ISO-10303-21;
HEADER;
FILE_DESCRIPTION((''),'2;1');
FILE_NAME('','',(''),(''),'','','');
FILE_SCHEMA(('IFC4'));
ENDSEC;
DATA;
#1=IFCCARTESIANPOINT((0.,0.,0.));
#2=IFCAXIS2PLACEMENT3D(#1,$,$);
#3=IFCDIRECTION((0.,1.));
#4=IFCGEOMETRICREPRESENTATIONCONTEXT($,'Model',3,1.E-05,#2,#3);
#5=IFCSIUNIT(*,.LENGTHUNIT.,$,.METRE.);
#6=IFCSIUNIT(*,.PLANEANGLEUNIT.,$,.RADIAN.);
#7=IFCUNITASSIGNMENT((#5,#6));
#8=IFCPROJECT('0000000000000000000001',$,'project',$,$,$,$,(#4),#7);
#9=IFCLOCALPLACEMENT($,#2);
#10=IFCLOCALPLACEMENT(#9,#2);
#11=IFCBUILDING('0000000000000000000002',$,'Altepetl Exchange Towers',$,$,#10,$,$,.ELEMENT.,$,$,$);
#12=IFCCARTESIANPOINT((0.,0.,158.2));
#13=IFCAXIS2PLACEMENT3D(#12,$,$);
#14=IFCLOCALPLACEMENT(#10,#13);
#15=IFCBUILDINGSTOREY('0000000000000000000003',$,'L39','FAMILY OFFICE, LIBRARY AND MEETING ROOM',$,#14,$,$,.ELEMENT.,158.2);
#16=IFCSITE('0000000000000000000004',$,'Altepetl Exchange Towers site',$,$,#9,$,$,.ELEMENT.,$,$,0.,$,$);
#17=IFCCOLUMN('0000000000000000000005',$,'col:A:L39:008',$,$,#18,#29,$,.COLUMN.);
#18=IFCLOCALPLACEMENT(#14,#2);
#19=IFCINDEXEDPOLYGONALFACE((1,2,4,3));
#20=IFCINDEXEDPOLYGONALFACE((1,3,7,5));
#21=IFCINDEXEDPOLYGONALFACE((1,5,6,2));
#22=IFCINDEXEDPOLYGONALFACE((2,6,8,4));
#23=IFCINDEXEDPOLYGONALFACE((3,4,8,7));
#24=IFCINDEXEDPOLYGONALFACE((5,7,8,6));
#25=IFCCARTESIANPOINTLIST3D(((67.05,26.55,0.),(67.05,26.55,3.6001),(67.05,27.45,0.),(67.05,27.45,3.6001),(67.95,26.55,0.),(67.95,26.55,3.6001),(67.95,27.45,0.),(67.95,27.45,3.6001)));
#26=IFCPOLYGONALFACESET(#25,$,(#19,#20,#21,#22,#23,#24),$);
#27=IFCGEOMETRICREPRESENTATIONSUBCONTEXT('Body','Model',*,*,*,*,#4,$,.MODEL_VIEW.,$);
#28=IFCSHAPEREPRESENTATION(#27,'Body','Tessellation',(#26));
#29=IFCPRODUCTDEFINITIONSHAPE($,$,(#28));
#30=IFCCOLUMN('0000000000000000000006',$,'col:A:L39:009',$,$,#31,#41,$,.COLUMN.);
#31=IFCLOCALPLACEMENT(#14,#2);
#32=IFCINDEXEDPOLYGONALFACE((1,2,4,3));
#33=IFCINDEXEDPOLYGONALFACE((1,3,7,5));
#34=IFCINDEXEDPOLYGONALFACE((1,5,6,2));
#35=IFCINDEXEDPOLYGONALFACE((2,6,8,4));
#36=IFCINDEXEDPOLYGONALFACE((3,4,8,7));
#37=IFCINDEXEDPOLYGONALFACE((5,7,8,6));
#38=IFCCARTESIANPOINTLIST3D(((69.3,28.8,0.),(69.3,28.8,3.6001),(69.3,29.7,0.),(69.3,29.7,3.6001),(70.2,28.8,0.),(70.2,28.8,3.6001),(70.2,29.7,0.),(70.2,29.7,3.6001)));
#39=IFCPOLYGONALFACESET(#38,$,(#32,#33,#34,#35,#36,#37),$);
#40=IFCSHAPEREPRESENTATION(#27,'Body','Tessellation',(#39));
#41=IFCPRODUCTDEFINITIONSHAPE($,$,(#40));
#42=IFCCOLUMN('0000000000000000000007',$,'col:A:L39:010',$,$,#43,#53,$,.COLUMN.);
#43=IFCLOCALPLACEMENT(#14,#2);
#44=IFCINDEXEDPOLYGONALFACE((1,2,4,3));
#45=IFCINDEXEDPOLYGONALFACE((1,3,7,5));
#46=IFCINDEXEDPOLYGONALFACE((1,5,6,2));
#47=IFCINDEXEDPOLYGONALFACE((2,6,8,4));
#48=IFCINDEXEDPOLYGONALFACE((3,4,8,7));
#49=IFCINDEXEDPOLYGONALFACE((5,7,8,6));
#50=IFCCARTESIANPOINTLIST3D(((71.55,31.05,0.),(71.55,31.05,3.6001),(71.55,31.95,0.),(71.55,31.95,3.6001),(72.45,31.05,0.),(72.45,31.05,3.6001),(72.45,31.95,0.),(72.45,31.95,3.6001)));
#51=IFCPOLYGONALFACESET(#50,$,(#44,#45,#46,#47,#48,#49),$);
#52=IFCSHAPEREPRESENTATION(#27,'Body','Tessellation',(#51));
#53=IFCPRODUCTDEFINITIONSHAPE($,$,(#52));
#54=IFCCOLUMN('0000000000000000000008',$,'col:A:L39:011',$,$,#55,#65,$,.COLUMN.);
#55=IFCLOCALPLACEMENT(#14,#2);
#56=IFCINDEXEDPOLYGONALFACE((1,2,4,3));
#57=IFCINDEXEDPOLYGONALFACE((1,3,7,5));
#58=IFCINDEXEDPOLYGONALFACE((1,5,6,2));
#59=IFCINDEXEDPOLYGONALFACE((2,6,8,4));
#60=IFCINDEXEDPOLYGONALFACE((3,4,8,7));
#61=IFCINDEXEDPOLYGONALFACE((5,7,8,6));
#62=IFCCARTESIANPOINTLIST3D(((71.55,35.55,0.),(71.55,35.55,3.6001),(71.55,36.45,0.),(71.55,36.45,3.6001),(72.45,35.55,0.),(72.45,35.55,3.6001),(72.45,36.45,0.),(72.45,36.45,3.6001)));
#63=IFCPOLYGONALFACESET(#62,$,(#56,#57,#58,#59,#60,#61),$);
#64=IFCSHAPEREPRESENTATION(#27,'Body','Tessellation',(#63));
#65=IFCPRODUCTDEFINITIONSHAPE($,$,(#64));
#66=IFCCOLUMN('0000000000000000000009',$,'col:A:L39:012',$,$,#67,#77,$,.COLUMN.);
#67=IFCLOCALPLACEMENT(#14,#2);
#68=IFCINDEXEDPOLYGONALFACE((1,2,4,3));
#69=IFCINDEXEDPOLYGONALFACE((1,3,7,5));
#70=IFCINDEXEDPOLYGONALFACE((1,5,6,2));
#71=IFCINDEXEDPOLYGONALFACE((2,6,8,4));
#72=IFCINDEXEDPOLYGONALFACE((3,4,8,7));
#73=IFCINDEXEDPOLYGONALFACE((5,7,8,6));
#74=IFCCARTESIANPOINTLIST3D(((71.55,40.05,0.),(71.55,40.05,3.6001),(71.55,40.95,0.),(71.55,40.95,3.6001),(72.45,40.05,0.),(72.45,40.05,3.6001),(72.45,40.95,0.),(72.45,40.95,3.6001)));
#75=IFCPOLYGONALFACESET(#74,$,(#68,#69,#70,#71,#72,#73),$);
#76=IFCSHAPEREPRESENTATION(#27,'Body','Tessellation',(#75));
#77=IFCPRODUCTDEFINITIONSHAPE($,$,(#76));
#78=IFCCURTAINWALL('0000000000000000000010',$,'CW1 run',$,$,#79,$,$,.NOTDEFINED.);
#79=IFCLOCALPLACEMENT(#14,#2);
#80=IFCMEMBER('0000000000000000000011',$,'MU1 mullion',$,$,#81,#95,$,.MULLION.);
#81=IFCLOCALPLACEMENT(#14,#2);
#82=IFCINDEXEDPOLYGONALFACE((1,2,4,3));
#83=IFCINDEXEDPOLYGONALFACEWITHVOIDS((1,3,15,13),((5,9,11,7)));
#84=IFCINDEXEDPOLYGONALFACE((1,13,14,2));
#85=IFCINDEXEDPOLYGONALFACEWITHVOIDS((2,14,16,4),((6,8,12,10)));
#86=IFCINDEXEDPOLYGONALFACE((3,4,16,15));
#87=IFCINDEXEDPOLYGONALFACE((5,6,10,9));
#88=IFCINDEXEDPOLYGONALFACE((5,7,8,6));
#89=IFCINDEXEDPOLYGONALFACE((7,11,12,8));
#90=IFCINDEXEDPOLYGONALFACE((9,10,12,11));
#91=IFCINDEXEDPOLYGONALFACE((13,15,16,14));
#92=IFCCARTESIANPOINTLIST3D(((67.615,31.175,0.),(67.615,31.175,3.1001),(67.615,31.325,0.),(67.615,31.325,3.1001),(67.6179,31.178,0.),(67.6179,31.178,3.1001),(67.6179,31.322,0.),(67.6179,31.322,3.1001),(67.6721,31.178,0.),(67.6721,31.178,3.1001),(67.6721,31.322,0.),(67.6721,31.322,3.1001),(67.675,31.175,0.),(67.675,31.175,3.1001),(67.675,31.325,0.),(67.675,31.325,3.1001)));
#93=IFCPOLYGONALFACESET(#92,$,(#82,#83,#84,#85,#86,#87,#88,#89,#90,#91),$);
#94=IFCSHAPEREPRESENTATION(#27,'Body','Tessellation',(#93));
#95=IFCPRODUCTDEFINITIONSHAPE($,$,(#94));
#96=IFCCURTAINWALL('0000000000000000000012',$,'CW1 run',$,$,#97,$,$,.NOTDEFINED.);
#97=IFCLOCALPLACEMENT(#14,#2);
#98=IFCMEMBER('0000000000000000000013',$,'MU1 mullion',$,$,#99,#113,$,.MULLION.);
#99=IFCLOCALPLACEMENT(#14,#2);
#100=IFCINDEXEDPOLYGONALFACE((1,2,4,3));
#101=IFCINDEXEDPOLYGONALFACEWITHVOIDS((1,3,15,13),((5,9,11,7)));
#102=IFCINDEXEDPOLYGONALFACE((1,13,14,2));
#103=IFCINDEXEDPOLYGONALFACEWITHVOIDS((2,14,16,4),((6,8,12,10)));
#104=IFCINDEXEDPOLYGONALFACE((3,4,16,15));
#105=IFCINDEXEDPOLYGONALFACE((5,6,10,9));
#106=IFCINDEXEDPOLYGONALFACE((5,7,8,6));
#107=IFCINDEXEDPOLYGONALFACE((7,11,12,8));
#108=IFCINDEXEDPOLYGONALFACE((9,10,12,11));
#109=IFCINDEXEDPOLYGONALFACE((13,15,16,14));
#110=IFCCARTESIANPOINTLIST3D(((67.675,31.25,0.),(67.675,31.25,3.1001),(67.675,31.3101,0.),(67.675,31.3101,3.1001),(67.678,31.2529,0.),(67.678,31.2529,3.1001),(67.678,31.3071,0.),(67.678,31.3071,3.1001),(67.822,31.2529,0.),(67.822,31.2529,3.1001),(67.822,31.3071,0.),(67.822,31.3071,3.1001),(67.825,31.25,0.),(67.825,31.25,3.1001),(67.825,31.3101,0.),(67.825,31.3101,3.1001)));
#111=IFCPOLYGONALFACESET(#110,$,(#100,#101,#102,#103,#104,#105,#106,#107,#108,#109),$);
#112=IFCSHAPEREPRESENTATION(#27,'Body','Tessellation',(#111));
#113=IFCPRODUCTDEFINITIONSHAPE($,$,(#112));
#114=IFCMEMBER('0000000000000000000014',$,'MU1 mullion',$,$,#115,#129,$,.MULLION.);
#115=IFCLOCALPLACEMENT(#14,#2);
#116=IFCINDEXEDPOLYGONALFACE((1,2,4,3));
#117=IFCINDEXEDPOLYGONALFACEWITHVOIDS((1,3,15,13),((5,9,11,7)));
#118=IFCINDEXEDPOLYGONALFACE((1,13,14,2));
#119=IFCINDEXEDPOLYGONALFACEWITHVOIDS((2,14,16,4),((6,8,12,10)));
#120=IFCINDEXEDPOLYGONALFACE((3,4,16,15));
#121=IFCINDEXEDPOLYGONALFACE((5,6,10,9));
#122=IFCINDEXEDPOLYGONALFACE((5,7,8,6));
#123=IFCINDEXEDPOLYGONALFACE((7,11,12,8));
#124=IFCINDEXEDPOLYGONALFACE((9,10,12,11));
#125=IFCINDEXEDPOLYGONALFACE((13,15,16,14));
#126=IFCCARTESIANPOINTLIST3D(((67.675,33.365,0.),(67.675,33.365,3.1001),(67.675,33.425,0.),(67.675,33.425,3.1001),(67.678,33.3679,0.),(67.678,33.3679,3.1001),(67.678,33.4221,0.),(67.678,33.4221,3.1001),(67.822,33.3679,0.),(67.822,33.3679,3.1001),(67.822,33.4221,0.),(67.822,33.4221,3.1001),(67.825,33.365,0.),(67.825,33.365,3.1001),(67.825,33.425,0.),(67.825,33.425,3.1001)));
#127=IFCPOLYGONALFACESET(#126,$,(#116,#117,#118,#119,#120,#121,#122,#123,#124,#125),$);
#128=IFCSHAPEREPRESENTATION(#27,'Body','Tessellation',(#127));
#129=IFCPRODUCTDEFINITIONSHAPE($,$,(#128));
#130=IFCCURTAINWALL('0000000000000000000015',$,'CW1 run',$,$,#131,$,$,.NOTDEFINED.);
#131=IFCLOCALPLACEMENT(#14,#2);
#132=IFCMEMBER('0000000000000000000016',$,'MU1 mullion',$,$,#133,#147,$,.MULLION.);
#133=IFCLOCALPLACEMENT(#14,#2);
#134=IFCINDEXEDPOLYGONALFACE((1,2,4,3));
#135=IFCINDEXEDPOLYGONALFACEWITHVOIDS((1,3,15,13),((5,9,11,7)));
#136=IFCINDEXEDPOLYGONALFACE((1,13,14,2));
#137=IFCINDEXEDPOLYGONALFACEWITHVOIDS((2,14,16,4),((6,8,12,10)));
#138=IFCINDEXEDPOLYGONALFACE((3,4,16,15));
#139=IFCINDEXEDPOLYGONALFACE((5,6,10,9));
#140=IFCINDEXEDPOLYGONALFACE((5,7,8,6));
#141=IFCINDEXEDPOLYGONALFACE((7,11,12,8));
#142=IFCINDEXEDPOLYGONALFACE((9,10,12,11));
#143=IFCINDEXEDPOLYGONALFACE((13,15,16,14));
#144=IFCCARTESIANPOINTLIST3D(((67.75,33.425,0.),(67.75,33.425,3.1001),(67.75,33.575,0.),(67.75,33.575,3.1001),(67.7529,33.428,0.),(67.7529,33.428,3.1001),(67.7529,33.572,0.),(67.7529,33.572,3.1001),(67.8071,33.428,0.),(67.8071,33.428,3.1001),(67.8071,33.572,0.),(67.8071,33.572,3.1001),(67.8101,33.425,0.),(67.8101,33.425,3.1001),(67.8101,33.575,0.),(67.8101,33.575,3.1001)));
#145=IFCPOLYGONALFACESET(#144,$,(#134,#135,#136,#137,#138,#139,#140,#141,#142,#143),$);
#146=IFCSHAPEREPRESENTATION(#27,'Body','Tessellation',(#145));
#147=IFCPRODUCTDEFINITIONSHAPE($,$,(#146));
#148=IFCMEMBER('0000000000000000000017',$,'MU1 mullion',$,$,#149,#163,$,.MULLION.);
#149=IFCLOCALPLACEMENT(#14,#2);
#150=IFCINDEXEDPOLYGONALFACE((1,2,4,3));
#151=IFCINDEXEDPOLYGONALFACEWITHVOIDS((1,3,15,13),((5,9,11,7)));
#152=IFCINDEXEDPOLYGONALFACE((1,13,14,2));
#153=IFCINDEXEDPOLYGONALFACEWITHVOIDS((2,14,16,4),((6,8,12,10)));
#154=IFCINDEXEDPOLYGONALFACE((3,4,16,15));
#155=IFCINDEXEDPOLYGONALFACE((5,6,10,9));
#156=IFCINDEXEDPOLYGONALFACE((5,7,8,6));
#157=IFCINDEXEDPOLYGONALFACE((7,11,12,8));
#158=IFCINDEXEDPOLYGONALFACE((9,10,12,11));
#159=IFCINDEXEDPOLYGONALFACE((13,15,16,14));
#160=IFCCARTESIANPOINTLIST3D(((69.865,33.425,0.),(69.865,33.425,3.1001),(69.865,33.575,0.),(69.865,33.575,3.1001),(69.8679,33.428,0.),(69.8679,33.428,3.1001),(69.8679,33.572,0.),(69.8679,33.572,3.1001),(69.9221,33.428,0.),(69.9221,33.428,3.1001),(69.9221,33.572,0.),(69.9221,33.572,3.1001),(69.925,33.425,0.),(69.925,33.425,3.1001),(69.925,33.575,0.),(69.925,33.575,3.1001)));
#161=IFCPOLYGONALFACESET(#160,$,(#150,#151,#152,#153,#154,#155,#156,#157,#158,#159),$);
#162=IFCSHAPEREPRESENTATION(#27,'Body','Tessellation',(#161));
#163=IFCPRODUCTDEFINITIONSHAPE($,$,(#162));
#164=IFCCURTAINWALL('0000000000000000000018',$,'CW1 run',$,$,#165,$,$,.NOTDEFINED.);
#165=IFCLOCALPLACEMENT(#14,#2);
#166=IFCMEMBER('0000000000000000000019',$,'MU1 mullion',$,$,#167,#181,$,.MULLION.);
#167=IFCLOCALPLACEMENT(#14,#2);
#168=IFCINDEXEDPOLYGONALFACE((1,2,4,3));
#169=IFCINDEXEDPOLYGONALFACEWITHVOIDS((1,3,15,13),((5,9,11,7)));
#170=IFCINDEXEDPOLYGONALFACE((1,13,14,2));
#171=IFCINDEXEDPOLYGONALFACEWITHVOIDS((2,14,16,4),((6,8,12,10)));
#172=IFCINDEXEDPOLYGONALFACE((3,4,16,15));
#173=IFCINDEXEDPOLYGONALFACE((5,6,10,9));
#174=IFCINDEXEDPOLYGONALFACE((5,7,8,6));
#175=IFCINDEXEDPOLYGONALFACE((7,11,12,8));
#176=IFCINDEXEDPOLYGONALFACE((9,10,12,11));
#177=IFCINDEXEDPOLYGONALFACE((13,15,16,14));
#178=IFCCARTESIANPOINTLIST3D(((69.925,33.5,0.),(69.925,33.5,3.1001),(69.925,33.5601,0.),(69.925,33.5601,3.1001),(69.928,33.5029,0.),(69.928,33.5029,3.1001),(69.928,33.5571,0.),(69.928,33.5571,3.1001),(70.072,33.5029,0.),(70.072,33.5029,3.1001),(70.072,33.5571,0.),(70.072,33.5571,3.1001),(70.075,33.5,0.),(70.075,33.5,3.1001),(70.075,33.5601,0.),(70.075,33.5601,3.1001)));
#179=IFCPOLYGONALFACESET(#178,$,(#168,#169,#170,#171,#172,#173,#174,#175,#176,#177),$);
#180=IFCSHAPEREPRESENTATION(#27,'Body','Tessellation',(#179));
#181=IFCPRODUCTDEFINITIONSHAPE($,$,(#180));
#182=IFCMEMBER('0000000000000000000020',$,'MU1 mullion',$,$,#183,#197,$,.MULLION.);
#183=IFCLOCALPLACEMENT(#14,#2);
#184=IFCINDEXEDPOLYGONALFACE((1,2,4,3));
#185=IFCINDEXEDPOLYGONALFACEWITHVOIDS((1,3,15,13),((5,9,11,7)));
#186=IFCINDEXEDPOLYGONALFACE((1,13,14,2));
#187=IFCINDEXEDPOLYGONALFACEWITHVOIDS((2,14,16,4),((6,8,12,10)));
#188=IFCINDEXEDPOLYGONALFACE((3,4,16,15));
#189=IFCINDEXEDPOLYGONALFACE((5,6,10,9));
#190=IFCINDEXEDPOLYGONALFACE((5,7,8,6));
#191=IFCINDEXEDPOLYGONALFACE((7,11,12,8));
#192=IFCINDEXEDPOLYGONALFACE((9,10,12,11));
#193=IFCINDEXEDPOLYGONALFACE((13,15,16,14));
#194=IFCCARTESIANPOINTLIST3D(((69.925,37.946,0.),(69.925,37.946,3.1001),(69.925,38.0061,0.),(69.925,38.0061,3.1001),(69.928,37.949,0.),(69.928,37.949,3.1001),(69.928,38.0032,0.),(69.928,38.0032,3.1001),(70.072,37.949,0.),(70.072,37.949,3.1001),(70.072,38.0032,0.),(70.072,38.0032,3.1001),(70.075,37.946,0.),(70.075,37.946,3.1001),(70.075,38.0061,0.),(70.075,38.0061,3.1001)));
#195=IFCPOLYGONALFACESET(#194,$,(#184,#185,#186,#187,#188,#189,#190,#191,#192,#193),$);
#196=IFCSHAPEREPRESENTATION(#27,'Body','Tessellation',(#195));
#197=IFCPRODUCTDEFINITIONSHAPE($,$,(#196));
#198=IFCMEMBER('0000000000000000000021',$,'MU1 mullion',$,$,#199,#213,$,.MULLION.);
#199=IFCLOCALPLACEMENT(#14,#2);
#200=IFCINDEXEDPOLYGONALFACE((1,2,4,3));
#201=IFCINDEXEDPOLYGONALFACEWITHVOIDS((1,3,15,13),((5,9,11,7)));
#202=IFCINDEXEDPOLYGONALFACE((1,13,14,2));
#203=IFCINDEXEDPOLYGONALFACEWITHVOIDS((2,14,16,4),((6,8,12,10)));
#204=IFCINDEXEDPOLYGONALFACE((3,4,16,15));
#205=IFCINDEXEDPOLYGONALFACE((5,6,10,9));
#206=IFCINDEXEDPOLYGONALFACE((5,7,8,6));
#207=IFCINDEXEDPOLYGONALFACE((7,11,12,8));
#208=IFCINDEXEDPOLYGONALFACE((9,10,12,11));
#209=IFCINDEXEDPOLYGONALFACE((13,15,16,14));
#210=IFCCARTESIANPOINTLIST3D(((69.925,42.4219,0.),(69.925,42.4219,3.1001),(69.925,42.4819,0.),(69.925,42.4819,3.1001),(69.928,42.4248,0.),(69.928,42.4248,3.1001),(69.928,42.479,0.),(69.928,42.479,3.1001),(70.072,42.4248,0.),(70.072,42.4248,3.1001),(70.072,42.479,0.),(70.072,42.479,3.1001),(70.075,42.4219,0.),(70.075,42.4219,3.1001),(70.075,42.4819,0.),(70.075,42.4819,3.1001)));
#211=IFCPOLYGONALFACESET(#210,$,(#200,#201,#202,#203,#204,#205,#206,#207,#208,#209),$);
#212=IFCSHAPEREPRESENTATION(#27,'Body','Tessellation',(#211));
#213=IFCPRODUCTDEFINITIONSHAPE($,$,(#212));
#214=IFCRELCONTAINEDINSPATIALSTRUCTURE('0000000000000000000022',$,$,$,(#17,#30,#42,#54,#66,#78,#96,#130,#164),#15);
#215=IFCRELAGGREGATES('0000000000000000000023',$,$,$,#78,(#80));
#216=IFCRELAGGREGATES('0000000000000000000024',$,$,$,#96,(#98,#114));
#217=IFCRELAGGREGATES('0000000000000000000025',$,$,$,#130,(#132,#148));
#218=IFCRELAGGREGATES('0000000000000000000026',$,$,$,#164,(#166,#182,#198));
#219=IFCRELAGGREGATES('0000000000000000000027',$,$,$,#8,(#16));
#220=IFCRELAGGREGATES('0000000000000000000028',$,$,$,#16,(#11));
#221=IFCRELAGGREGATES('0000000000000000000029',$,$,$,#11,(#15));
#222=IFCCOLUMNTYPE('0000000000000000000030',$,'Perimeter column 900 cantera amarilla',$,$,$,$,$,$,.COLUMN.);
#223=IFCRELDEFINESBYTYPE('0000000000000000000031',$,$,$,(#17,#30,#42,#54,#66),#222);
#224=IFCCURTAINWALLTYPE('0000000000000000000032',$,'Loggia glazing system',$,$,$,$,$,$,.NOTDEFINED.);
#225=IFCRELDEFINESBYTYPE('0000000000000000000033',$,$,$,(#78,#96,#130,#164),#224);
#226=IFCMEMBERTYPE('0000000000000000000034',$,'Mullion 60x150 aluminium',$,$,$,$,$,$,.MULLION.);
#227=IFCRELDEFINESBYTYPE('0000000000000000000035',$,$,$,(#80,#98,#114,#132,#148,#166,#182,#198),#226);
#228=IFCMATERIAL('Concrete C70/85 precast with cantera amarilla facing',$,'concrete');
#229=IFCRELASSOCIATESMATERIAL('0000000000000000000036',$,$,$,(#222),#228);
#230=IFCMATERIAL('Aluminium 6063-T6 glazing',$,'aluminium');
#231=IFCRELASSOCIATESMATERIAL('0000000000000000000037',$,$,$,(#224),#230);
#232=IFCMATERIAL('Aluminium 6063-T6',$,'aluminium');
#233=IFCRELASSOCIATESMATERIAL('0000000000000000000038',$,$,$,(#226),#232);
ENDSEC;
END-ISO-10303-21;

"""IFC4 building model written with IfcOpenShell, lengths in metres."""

from ifc_helpers import new_model, si_unit, direction, frame, origin, origin_2d, place, context, subcontext, project, spatial, rectangle, hollow_rectangle, extrude, material, material_profile, profile_set, type_object, element, aggregate, save


model = new_model("IFC4")

# Units and contexts
model_context = context("Model", 3, precision=1e-05, world=origin(), true_north=direction((0.0, 1.0)))
body_context = subcontext(model_context, "Body", "Model", "MODEL_VIEW")
ifc_project = project(units=[si_unit("LENGTHUNIT", "METRE"), si_unit("PLANEANGLEUNIT", "RADIAN")], contexts=[model_context])

# Site, building, storey
site_placement = place(None, origin())
site = spatial("IfcSite", under=ifc_project, at=site_placement, Name="Altepetl Exchange Towers site", CompositionType="ELEMENT", RefElevation=0.0)
building_placement = place(site_placement, origin())
building = spatial("IfcBuilding", under=site, at=building_placement, Name="Altepetl Exchange Towers", CompositionType="ELEMENT")
storey_placement = place(building_placement, frame((0.0, 0.0, 158.2)))
storey = spatial("IfcBuildingStorey", under=building, at=storey_placement, Name="L39", Description="FAMILY OFFICE, LIBRARY AND MEETING ROOM", CompositionType="ELEMENT", Elevation=158.2)

# Columns
ifc_material_1 = material(Name="Concrete C70/85 precast with cantera amarilla facing", Category="concrete")
ifc_material_profile_1 = material_profile(ifc_material_1, rectangle(XDim=0.8999, YDim=0.8999, at=origin_2d()), Name="900 x 900")
ifc_profile_set_1 = profile_set([ifc_material_profile_1], Name="Concrete C70/85 precast with cantera amarilla facing")
column_type = type_object("IfcColumnType", Name="Perimeter column 900 cantera amarilla", PredefinedType="COLUMN", material=ifc_profile_set_1)
for number, where, name in (
    (1, (67.5, 27.0, 0.0), "col:A:L39:008"),
    (2, (69.75, 29.25, 0.0), "col:A:L39:009"),
    (3, (72.0, 31.5, 0.0), "col:A:L39:010"),
    (4, (72.0, 36.0, 0.0), "col:A:L39:011"),
    (5, (72.0, 40.5, 0.0), "col:A:L39:012"),
):
    element("IfcColumn", number, at=place(storey_placement, frame(where)), inside=storey, type_object=column_type, Name=name, PredefinedType="COLUMN", context=body_context, shape_type="SweptSolid", body=[
        extrude(rectangle(XDim=0.8999, YDim=0.8999, at=origin_2d()), origin(), (0.0, 0.0, 1.0), 3.6001),
    ])

# Curtain wall, member
ifc_material_2 = material(Name="Aluminium 6063-T6 glazing", Category="aluminium")
curtain_wall_type = type_object("IfcCurtainWallType", Name="Loggia glazing system", PredefinedType="NOTDEFINED", material=ifc_material_2)
curtain_wall_1_placement = place(storey_placement, origin())
curtain_wall_1 = element("IfcCurtainWall", 6, at=curtain_wall_1_placement, inside=storey, type_object=curtain_wall_type, Name="CW1 run", PredefinedType="NOTDEFINED")
ifc_material_3 = material(Name="Aluminium 6063-T6", Category="aluminium")
ifc_material_profile_2 = material_profile(ifc_material_3, hollow_rectangle(XDim=0.0601, YDim=0.1499, WallThickness=0.0029, at=origin_2d()), Name="Mullion 60x150 aluminium")
ifc_profile_set_2 = profile_set([ifc_material_profile_2], Name="Aluminium 6063-T6")
member_type = type_object("IfcMemberType", Name="Mullion 60x150 aluminium", PredefinedType="MULLION", material=ifc_profile_set_2)
member_1_placement = place(storey_placement, frame((67.645, 31.25, 0.0)))
member_1 = element("IfcMember", 7, at=member_1_placement, type_object=member_type, Name="MU1 mullion", PredefinedType="MULLION", context=body_context, shape_type="SweptSolid", body=[
    extrude(hollow_rectangle(XDim=0.0601, YDim=0.1499, WallThickness=0.0029, at=origin_2d()), origin(), (0.0, 0.0, 1.0), 3.1001),
])
aggregate(curtain_wall_1, [member_1])

# Curtain walls, members
curtain_wall_2_placement = place(storey_placement, origin())
curtain_wall_2 = element("IfcCurtainWall", 8, at=curtain_wall_2_placement, inside=storey, type_object=curtain_wall_type, Name="CW1 run", PredefinedType="NOTDEFINED")
member_2_placement = place(storey_placement, frame((67.75, 31.28, 0.0), z_axis=(0.0, 0.0, 1.0), x_axis=(0.0, 1.0, 0.0)))
member_2 = element("IfcMember", 9, at=member_2_placement, type_object=member_type, Name="MU1 mullion", PredefinedType="MULLION", context=body_context, shape_type="SweptSolid", body=[
    extrude(hollow_rectangle(XDim=0.0601, YDim=0.1499, WallThickness=0.0029, at=origin_2d()), origin(), (0.0, 0.0, 1.0), 3.1001),
])
member_3_placement = place(storey_placement, frame((67.75, 33.395, 0.0), z_axis=(0.0, 0.0, 1.0), x_axis=(0.0, 1.0, 0.0)))
member_3 = element("IfcMember", 10, at=member_3_placement, type_object=member_type, Name="MU1 mullion", PredefinedType="MULLION", context=body_context, shape_type="SweptSolid", body=[
    extrude(hollow_rectangle(XDim=0.0601, YDim=0.1499, WallThickness=0.0029, at=origin_2d()), origin(), (0.0, 0.0, 1.0), 3.1001),
])
curtain_wall_3_placement = place(storey_placement, origin())
curtain_wall_3 = element("IfcCurtainWall", 11, at=curtain_wall_3_placement, inside=storey, type_object=curtain_wall_type, Name="CW1 run", PredefinedType="NOTDEFINED")
member_4_placement = place(storey_placement, frame((67.78, 33.5, 0.0)))
member_4 = element("IfcMember", 12, at=member_4_placement, type_object=member_type, Name="MU1 mullion", PredefinedType="MULLION", context=body_context, shape_type="SweptSolid", body=[
    extrude(hollow_rectangle(XDim=0.0601, YDim=0.1499, WallThickness=0.0029, at=origin_2d()), origin(), (0.0, 0.0, 1.0), 3.1001),
])
member_5_placement = place(storey_placement, frame((69.895, 33.5, 0.0)))
member_5 = element("IfcMember", 13, at=member_5_placement, type_object=member_type, Name="MU1 mullion", PredefinedType="MULLION", context=body_context, shape_type="SweptSolid", body=[
    extrude(hollow_rectangle(XDim=0.0601, YDim=0.1499, WallThickness=0.0029, at=origin_2d()), origin(), (0.0, 0.0, 1.0), 3.1001),
])
curtain_wall_4_placement = place(storey_placement, origin())
curtain_wall_4 = element("IfcCurtainWall", 14, at=curtain_wall_4_placement, inside=storey, type_object=curtain_wall_type, Name="CW1 run", PredefinedType="NOTDEFINED")
member_6_placement = place(storey_placement, frame((70.0, 33.53, 0.0), z_axis=(0.0, 0.0, 1.0), x_axis=(0.0, 1.0, 0.0)))
member_6 = element("IfcMember", 15, at=member_6_placement, type_object=member_type, Name="MU1 mullion", PredefinedType="MULLION", context=body_context, shape_type="SweptSolid", body=[
    extrude(hollow_rectangle(XDim=0.0601, YDim=0.1499, WallThickness=0.0029, at=origin_2d()), origin(), (0.0, 0.0, 1.0), 3.1001),
])
member_7_placement = place(storey_placement, frame((70.0, 37.9761, 0.0), z_axis=(0.0, 0.0, 1.0), x_axis=(0.0, 1.0, 0.0)))
member_7 = element("IfcMember", 16, at=member_7_placement, type_object=member_type, Name="MU1 mullion", PredefinedType="MULLION", context=body_context, shape_type="SweptSolid", body=[
    extrude(hollow_rectangle(XDim=0.0601, YDim=0.1499, WallThickness=0.0029, at=origin_2d()), origin(), (0.0, 0.0, 1.0), 3.1001),
])
member_8_placement = place(storey_placement, frame((70.0, 42.4519, 0.0), z_axis=(0.0, 0.0, 1.0), x_axis=(0.0, 1.0, 0.0)))
member_8 = element("IfcMember", 17, at=member_8_placement, type_object=member_type, Name="MU1 mullion", PredefinedType="MULLION", context=body_context, shape_type="SweptSolid", body=[
    extrude(hollow_rectangle(XDim=0.0601, YDim=0.1499, WallThickness=0.0029, at=origin_2d()), origin(), (0.0, 0.0, 1.0), 3.1001),
])

aggregate(curtain_wall_2, [member_2, member_3])
aggregate(curtain_wall_3, [member_4, member_5])
aggregate(curtain_wall_4, [member_6, member_7, member_8])

save(model, "model.ifc")
